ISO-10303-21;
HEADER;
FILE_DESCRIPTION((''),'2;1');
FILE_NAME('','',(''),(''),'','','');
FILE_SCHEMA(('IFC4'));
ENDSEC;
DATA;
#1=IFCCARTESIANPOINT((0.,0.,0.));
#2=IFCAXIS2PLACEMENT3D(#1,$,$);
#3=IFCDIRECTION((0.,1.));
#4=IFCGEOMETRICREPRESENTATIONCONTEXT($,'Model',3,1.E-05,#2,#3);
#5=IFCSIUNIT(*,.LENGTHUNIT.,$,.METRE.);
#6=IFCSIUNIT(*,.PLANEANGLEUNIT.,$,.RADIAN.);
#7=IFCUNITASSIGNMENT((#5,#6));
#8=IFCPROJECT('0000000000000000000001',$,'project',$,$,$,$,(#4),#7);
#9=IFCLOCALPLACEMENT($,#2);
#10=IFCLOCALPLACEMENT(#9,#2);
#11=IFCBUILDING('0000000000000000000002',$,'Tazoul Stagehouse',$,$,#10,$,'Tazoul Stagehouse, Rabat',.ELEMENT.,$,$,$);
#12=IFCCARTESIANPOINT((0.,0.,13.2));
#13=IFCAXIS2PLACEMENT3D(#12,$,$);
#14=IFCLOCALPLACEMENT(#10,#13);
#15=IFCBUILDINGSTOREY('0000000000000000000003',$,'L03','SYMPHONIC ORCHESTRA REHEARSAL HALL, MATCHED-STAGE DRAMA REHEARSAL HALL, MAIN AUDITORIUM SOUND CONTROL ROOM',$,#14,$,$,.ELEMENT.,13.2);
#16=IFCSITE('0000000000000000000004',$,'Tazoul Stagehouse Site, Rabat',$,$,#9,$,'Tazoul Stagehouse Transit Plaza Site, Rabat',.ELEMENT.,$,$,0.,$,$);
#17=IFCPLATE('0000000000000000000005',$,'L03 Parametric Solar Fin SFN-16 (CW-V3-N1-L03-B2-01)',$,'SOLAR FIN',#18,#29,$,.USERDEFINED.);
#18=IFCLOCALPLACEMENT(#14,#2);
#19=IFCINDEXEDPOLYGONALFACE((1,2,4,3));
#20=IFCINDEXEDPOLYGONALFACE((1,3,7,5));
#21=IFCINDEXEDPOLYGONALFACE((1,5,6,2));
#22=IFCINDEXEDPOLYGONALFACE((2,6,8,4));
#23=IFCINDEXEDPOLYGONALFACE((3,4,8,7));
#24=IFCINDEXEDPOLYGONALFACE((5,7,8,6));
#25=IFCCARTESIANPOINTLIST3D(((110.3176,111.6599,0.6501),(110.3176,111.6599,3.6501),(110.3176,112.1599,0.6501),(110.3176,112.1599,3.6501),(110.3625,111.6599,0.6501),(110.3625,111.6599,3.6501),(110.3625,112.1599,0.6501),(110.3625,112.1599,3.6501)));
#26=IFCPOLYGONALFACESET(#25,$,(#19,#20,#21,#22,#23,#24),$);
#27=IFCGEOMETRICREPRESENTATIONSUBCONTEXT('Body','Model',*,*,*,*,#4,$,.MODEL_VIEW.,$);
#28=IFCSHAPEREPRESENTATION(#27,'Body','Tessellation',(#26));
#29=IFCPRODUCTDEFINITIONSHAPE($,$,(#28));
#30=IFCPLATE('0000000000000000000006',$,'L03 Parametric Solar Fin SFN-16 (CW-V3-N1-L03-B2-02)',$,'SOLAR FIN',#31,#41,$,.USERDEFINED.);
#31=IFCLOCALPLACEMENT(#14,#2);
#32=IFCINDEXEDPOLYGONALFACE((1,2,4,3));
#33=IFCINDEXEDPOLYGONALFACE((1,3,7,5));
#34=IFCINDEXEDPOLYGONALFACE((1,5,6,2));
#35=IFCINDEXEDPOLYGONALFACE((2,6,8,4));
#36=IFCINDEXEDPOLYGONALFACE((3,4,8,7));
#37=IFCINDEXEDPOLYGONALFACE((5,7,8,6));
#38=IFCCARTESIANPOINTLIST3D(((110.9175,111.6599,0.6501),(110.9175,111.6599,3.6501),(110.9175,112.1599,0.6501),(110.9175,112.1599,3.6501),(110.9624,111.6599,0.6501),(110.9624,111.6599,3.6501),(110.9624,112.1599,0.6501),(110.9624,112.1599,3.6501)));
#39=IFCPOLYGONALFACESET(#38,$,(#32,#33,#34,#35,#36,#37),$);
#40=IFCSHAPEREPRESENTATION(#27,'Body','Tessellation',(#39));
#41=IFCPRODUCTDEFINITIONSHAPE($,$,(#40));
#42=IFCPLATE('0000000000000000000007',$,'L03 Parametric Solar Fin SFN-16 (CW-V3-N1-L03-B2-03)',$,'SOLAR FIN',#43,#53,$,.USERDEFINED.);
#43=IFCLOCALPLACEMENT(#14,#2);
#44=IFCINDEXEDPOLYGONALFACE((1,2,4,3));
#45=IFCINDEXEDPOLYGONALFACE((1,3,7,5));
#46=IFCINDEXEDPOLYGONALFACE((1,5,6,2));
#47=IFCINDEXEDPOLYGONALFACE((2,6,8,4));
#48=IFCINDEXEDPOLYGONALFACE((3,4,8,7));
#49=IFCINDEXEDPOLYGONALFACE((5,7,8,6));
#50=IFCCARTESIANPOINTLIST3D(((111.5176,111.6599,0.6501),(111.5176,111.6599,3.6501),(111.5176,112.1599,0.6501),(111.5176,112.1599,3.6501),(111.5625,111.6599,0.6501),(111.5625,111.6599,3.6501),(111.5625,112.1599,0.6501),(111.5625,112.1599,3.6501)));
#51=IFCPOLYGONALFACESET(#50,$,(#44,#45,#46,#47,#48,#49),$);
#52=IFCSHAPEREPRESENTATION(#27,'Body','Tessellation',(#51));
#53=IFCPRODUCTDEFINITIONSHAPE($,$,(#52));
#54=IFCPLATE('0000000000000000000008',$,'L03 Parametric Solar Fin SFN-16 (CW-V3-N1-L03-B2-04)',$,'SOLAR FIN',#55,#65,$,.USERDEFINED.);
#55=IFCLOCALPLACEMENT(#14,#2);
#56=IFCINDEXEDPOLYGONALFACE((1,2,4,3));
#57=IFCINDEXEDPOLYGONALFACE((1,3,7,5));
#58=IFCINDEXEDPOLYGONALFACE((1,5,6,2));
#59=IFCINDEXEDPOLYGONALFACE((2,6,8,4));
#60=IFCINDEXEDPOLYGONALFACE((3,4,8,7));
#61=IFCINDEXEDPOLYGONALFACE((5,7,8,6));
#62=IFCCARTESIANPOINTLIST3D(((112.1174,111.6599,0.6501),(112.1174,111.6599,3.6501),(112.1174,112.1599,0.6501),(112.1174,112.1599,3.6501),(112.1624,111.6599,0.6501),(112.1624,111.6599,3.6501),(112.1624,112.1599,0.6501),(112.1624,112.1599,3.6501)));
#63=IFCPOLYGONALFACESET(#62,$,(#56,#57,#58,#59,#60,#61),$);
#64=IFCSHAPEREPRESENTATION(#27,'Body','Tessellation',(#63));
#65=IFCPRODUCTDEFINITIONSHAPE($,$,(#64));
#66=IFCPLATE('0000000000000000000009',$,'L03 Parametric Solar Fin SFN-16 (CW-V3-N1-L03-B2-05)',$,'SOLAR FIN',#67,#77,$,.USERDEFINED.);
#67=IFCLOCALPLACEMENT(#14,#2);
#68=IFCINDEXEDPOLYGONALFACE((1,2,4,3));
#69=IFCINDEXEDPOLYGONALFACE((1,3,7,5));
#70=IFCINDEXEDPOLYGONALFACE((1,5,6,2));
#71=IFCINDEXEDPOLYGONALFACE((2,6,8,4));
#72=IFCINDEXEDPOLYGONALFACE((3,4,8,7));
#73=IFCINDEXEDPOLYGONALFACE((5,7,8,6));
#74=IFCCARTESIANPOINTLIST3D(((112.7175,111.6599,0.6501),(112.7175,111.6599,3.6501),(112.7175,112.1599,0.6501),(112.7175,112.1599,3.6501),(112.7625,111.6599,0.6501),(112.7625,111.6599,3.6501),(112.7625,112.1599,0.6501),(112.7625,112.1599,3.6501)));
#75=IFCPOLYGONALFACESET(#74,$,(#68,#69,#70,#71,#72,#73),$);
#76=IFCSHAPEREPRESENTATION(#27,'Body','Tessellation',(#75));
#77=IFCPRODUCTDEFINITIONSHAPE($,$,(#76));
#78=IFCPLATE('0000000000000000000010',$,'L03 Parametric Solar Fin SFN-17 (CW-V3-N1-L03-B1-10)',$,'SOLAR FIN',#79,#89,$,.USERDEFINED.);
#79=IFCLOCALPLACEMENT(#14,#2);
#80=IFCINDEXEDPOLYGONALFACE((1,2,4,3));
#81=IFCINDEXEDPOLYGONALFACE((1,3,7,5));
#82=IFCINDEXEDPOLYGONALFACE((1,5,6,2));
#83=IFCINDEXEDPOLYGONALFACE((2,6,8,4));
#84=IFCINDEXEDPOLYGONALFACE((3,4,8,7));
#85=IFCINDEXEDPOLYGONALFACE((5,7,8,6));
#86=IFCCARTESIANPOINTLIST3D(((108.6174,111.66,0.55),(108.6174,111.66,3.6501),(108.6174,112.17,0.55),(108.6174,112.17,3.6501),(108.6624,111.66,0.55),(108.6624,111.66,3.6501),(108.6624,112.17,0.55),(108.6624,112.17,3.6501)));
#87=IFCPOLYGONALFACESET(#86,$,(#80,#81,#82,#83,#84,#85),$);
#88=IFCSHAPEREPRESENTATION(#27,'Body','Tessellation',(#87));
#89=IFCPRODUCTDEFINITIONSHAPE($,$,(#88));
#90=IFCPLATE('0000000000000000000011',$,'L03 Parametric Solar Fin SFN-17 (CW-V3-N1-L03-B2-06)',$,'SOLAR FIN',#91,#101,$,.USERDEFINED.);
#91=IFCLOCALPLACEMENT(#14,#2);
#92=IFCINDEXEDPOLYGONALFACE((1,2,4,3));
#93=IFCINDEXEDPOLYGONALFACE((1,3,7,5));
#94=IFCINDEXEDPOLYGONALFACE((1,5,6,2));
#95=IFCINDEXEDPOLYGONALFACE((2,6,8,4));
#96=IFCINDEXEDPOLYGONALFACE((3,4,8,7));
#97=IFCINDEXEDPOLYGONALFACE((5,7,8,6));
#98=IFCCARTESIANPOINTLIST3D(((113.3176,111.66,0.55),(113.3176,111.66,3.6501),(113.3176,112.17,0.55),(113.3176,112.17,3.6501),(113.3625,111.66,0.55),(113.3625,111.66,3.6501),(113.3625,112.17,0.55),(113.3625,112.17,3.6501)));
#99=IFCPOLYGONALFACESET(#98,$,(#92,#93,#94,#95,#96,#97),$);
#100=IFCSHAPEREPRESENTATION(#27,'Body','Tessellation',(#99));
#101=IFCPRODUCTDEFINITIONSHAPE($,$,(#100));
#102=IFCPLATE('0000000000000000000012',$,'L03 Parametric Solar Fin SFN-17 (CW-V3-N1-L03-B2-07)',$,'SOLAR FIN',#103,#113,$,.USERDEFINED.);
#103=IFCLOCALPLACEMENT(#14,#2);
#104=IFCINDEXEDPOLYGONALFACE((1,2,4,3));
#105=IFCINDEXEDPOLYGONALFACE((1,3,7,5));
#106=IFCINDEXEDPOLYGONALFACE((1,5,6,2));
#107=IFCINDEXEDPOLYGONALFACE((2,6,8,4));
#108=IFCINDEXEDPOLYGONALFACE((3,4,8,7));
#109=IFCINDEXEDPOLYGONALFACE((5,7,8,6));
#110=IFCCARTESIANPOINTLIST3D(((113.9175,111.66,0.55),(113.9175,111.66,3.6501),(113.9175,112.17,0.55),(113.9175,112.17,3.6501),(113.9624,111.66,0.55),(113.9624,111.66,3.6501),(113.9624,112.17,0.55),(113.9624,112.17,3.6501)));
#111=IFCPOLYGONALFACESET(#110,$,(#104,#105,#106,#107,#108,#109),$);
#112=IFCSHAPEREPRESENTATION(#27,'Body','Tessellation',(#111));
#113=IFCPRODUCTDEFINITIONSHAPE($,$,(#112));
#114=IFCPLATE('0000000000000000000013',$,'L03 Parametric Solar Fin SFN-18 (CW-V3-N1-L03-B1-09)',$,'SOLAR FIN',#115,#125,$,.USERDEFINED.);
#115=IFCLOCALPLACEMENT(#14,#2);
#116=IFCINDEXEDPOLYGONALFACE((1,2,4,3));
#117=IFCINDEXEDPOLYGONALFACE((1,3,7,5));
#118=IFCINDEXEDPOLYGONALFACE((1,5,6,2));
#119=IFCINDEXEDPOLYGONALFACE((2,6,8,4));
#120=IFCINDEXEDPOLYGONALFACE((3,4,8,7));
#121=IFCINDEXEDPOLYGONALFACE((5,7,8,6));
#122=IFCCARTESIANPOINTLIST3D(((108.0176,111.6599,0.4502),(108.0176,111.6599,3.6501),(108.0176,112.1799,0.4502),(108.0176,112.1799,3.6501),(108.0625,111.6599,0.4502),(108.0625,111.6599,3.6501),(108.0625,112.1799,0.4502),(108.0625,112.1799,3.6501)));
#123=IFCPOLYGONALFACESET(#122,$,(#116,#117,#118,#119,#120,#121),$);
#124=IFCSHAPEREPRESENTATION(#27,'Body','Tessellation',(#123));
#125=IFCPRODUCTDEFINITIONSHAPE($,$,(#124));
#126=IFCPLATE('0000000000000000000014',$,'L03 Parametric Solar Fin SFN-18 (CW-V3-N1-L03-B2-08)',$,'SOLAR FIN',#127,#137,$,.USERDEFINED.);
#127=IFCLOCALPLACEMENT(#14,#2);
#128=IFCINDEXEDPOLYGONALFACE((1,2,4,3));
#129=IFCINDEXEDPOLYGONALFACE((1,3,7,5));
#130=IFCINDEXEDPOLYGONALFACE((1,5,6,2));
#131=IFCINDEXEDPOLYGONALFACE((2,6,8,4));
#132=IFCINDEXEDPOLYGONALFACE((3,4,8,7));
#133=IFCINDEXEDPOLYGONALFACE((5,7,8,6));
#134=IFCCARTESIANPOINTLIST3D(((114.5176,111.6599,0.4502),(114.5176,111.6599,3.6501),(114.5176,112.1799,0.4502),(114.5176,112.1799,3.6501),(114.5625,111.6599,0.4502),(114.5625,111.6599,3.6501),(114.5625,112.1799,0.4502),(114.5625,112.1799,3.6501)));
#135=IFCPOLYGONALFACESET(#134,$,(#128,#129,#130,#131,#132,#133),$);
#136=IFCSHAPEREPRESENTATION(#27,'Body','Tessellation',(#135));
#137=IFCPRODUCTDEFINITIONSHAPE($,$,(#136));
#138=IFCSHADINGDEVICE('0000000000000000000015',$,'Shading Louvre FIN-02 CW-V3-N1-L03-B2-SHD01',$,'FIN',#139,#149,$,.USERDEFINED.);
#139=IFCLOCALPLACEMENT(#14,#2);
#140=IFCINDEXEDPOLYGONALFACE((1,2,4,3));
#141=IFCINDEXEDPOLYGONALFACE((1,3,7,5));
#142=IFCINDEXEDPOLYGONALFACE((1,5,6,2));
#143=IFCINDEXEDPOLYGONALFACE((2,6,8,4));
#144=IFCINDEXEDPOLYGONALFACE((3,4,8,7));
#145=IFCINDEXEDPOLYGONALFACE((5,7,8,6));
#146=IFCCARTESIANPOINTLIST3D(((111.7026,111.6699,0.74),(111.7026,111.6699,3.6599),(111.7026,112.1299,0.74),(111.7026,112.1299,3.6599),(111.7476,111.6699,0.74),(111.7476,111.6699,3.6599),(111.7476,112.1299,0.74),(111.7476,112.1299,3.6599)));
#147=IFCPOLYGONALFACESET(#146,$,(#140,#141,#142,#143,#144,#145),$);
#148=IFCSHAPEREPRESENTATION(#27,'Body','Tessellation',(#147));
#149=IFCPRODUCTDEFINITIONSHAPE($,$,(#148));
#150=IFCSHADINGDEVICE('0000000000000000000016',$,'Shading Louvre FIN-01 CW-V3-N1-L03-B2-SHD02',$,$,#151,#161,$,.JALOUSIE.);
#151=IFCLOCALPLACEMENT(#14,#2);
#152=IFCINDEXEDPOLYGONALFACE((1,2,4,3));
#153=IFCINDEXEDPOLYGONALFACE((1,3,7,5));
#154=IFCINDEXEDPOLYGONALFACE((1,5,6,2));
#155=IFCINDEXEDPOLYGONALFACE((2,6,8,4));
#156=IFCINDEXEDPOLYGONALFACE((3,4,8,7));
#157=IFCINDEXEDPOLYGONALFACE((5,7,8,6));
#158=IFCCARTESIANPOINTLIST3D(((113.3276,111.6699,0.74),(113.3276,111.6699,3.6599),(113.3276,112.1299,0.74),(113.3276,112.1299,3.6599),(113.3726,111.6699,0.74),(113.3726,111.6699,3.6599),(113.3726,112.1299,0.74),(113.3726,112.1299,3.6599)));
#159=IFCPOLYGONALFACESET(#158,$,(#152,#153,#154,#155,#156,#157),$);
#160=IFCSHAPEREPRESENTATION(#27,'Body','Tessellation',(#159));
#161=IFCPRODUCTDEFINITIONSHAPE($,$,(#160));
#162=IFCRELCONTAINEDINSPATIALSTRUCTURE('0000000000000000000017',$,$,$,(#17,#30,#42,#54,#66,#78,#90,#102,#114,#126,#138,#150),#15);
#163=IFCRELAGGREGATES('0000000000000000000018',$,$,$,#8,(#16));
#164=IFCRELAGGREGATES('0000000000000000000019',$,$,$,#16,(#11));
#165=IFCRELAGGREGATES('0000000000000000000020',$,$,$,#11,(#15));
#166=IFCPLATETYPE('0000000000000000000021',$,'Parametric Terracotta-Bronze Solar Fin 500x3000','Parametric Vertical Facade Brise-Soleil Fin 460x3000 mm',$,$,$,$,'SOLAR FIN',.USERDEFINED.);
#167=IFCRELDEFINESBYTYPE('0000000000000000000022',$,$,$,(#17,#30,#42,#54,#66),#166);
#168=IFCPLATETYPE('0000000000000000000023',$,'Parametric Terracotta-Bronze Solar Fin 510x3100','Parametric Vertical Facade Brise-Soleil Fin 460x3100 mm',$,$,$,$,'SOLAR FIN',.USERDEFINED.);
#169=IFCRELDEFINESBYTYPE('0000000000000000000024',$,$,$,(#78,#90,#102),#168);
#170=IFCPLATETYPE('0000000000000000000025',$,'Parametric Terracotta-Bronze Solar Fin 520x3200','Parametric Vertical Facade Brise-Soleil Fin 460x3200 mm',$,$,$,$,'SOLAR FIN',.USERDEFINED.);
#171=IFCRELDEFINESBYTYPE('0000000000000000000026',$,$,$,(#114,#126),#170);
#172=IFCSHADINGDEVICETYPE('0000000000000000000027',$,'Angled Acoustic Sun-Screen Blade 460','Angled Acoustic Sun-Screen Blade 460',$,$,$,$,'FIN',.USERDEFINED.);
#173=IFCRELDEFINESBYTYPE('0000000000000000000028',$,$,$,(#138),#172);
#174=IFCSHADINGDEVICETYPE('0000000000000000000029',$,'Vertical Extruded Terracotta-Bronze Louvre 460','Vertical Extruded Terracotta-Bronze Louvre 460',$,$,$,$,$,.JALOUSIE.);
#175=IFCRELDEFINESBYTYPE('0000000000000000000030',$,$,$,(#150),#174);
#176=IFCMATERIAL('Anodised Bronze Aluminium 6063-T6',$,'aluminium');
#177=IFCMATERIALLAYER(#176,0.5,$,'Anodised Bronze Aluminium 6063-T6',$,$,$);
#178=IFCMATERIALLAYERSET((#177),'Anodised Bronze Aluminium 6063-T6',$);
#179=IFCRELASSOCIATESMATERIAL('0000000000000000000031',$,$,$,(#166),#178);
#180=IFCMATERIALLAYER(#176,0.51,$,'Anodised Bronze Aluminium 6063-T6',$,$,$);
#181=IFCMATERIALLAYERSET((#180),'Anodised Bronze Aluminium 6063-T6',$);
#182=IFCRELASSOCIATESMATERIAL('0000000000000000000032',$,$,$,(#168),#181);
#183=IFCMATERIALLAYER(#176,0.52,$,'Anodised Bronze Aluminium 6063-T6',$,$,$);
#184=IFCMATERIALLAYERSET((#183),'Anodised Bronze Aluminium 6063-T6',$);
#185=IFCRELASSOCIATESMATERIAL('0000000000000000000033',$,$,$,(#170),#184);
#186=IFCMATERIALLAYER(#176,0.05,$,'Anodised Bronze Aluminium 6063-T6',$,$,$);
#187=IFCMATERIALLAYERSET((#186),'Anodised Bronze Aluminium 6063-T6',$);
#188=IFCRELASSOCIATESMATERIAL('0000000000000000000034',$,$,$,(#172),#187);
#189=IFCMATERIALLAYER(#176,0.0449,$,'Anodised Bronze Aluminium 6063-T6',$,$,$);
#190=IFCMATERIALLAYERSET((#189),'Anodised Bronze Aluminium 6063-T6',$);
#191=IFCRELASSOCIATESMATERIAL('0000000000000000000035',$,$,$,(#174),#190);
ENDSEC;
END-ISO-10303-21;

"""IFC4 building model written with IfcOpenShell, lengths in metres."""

from ifc_helpers import new_model, si_unit, direction, frame, origin, origin_2d, place, context, subcontext, project, spatial, rectangle, extrude, material, layer, layer_set, type_object, element, save


model = new_model("IFC4")

# Units and contexts
model_context = context("Model", 3, precision=1e-05, world=origin(), true_north=direction((0.0, 1.0)))
body_context = subcontext(model_context, "Body", "Model", "MODEL_VIEW")
ifc_project = project(units=[si_unit("LENGTHUNIT", "METRE"), si_unit("PLANEANGLEUNIT", "RADIAN")], contexts=[model_context])

# Site, building, storey
site_placement = place(None, origin())
site = spatial("IfcSite", under=ifc_project, at=site_placement, Name="Tazoul Stagehouse Site, Rabat", LongName="Tazoul Stagehouse Transit Plaza Site, Rabat", CompositionType="ELEMENT", RefElevation=0.0)
building_placement = place(site_placement, origin())
building = spatial("IfcBuilding", under=site, at=building_placement, Name="Tazoul Stagehouse", LongName="Tazoul Stagehouse, Rabat", CompositionType="ELEMENT")
storey_placement = place(building_placement, frame((0.0, 0.0, 13.2)))
storey = spatial("IfcBuildingStorey", under=building, at=storey_placement, Name="L03", Description="SYMPHONIC ORCHESTRA REHEARSAL HALL, MATCHED-STAGE DRAMA REHEARSAL HALL, MAIN AUDITORIUM SOUND CONTROL ROOM", CompositionType="ELEMENT", Elevation=13.2)

# Plates
ifc_material = material(Name="Anodised Bronze Aluminium 6063-T6", Category="aluminium")
ifc_layer_1 = layer(ifc_material, 0.5, Name="Anodised Bronze Aluminium 6063-T6")
ifc_layer_set_1 = layer_set([ifc_layer_1], Name="Anodised Bronze Aluminium 6063-T6")
plate_type_1 = type_object("IfcPlateType", Name="Parametric Terracotta-Bronze Solar Fin 500x3000", Description="Parametric Vertical Facade Brise-Soleil Fin 460x3000 mm", ElementType="SOLAR FIN", PredefinedType="USERDEFINED", material=ifc_layer_set_1)
for number, where, z_axis, x_axis, name in (
    (1, (110.3401, 111.9099, 0.6501), (0.0, 0.0, 1.0), (1.0, 0.0, 0.0), "L03 Parametric Solar Fin SFN-16 (CW-V3-N1-L03-B2-01)"),
    (2, (110.9399, 111.9099, 0.6501), (0.0, 0.0, 1.0), (1.0, 0.0, 0.0), "L03 Parametric Solar Fin SFN-16 (CW-V3-N1-L03-B2-02)"),
    (3, (111.54, 111.9099, 0.6501), (0.0, 0.0, 1.0), (1.0, 0.0, 0.0), "L03 Parametric Solar Fin SFN-16 (CW-V3-N1-L03-B2-03)"),
    (4, (112.1399, 111.9099, 0.6501), (0.0, 0.0, 1.0), (1.0, 0.0, 0.0), "L03 Parametric Solar Fin SFN-16 (CW-V3-N1-L03-B2-04)"),
    (5, (112.74, 111.9099, 0.6501), (0.0, 0.0, 1.0), (1.0, 0.0, 0.0), "L03 Parametric Solar Fin SFN-16 (CW-V3-N1-L03-B2-05)"),
):
    element("IfcPlate", number, at=place(storey_placement, frame(where, z_axis=z_axis, x_axis=x_axis)), inside=storey, type_object=plate_type_1, Name=name, ObjectType="SOLAR FIN", PredefinedType="USERDEFINED", context=body_context, shape_type="SweptSolid", body=[
        extrude(rectangle(XDim=0.0449, YDim=0.5, at=origin_2d()), origin(), (0.0, 0.0, 1.0), 3.0),
    ])
ifc_layer_2 = layer(ifc_material, 0.51, Name="Anodised Bronze Aluminium 6063-T6")
ifc_layer_set_2 = layer_set([ifc_layer_2], Name="Anodised Bronze Aluminium 6063-T6")
plate_type_2 = type_object("IfcPlateType", Name="Parametric Terracotta-Bronze Solar Fin 510x3100", Description="Parametric Vertical Facade Brise-Soleil Fin 460x3100 mm", ElementType="SOLAR FIN", PredefinedType="USERDEFINED", material=ifc_layer_set_2)
for number, where, z_axis, x_axis, name in (
    (6, (108.6399, 111.915, 0.55), (0.0, 0.0, 1.0), (1.0, 0.0, 0.0), "L03 Parametric Solar Fin SFN-17 (CW-V3-N1-L03-B1-10)"),
    (7, (113.3401, 111.915, 0.55), (0.0, 0.0, 1.0), (1.0, 0.0, 0.0), "L03 Parametric Solar Fin SFN-17 (CW-V3-N1-L03-B2-06)"),
    (8, (113.9399, 111.915, 0.55), (0.0, 0.0, 1.0), (1.0, 0.0, 0.0), "L03 Parametric Solar Fin SFN-17 (CW-V3-N1-L03-B2-07)"),
):
    element("IfcPlate", number, at=place(storey_placement, frame(where, z_axis=z_axis, x_axis=x_axis)), inside=storey, type_object=plate_type_2, Name=name, ObjectType="SOLAR FIN", PredefinedType="USERDEFINED", context=body_context, shape_type="SweptSolid", body=[
        extrude(rectangle(XDim=0.0449, YDim=0.51, at=origin_2d()), origin(), (0.0, 0.0, 1.0), 3.1001),
    ])
ifc_layer_3 = layer(ifc_material, 0.52, Name="Anodised Bronze Aluminium 6063-T6")
ifc_layer_set_3 = layer_set([ifc_layer_3], Name="Anodised Bronze Aluminium 6063-T6")
plate_type_3 = type_object("IfcPlateType", Name="Parametric Terracotta-Bronze Solar Fin 520x3200", Description="Parametric Vertical Facade Brise-Soleil Fin 460x3200 mm", ElementType="SOLAR FIN", PredefinedType="USERDEFINED", material=ifc_layer_set_3)
for number, where, z_axis, x_axis, name in (
    (9, (108.04, 111.9199, 0.4502), (0.0, 0.0, 1.0), (1.0, 0.0, 0.0), "L03 Parametric Solar Fin SFN-18 (CW-V3-N1-L03-B1-09)"),
    (10, (114.54, 111.9199, 0.4502), (0.0, 0.0, 1.0), (1.0, 0.0, 0.0), "L03 Parametric Solar Fin SFN-18 (CW-V3-N1-L03-B2-08)"),
):
    element("IfcPlate", number, at=place(storey_placement, frame(where, z_axis=z_axis, x_axis=x_axis)), inside=storey, type_object=plate_type_3, Name=name, ObjectType="SOLAR FIN", PredefinedType="USERDEFINED", context=body_context, shape_type="SweptSolid", body=[
        extrude(rectangle(XDim=0.0449, YDim=0.52, at=origin_2d()), origin(), (0.0, 0.0, 1.0), 3.2),
    ])

# Shading devices
ifc_layer_4 = layer(ifc_material, 0.05, Name="Anodised Bronze Aluminium 6063-T6")
ifc_layer_set_4 = layer_set([ifc_layer_4], Name="Anodised Bronze Aluminium 6063-T6")
shading_device_type_1 = type_object("IfcShadingDeviceType", Name="Angled Acoustic Sun-Screen Blade 460", Description="Angled Acoustic Sun-Screen Blade 460", ElementType="FIN", PredefinedType="USERDEFINED", material=ifc_layer_set_4)
shading_device_1_placement = place(storey_placement, frame((111.7251, 111.8999, 0.74), z_axis=(0.0, 0.0, 1.0), x_axis=(1.0, 0.0, 0.0)))
element("IfcShadingDevice", 11, at=shading_device_1_placement, inside=storey, type_object=shading_device_type_1, Name="Shading Louvre FIN-02 CW-V3-N1-L03-B2-SHD01", ObjectType="FIN", PredefinedType="USERDEFINED", context=body_context, shape_type="SweptSolid", body=[
    extrude(rectangle(XDim=0.0449, YDim=0.46, at=origin_2d()), origin(), (0.0, 0.0, 1.0), 2.9199),
])
ifc_layer_5 = layer(ifc_material, 0.0449, Name="Anodised Bronze Aluminium 6063-T6")
ifc_layer_set_5 = layer_set([ifc_layer_5], Name="Anodised Bronze Aluminium 6063-T6")
shading_device_type_2 = type_object("IfcShadingDeviceType", Name="Vertical Extruded Terracotta-Bronze Louvre 460", Description="Vertical Extruded Terracotta-Bronze Louvre 460", PredefinedType="JALOUSIE", material=ifc_layer_set_5)
shading_device_2_placement = place(storey_placement, frame((113.3501, 111.8999, 0.74), z_axis=(0.0, 0.0, 1.0), x_axis=(1.0, 0.0, 0.0)))
element("IfcShadingDevice", 12, at=shading_device_2_placement, inside=storey, type_object=shading_device_type_2, Name="Shading Louvre FIN-01 CW-V3-N1-L03-B2-SHD02", PredefinedType="JALOUSIE", context=body_context, shape_type="SweptSolid", body=[
    extrude(rectangle(XDim=0.0449, YDim=0.46, at=origin_2d()), origin(), (0.0, 0.0, 1.0), 2.9199),
])

save(model, "model.ifc")
